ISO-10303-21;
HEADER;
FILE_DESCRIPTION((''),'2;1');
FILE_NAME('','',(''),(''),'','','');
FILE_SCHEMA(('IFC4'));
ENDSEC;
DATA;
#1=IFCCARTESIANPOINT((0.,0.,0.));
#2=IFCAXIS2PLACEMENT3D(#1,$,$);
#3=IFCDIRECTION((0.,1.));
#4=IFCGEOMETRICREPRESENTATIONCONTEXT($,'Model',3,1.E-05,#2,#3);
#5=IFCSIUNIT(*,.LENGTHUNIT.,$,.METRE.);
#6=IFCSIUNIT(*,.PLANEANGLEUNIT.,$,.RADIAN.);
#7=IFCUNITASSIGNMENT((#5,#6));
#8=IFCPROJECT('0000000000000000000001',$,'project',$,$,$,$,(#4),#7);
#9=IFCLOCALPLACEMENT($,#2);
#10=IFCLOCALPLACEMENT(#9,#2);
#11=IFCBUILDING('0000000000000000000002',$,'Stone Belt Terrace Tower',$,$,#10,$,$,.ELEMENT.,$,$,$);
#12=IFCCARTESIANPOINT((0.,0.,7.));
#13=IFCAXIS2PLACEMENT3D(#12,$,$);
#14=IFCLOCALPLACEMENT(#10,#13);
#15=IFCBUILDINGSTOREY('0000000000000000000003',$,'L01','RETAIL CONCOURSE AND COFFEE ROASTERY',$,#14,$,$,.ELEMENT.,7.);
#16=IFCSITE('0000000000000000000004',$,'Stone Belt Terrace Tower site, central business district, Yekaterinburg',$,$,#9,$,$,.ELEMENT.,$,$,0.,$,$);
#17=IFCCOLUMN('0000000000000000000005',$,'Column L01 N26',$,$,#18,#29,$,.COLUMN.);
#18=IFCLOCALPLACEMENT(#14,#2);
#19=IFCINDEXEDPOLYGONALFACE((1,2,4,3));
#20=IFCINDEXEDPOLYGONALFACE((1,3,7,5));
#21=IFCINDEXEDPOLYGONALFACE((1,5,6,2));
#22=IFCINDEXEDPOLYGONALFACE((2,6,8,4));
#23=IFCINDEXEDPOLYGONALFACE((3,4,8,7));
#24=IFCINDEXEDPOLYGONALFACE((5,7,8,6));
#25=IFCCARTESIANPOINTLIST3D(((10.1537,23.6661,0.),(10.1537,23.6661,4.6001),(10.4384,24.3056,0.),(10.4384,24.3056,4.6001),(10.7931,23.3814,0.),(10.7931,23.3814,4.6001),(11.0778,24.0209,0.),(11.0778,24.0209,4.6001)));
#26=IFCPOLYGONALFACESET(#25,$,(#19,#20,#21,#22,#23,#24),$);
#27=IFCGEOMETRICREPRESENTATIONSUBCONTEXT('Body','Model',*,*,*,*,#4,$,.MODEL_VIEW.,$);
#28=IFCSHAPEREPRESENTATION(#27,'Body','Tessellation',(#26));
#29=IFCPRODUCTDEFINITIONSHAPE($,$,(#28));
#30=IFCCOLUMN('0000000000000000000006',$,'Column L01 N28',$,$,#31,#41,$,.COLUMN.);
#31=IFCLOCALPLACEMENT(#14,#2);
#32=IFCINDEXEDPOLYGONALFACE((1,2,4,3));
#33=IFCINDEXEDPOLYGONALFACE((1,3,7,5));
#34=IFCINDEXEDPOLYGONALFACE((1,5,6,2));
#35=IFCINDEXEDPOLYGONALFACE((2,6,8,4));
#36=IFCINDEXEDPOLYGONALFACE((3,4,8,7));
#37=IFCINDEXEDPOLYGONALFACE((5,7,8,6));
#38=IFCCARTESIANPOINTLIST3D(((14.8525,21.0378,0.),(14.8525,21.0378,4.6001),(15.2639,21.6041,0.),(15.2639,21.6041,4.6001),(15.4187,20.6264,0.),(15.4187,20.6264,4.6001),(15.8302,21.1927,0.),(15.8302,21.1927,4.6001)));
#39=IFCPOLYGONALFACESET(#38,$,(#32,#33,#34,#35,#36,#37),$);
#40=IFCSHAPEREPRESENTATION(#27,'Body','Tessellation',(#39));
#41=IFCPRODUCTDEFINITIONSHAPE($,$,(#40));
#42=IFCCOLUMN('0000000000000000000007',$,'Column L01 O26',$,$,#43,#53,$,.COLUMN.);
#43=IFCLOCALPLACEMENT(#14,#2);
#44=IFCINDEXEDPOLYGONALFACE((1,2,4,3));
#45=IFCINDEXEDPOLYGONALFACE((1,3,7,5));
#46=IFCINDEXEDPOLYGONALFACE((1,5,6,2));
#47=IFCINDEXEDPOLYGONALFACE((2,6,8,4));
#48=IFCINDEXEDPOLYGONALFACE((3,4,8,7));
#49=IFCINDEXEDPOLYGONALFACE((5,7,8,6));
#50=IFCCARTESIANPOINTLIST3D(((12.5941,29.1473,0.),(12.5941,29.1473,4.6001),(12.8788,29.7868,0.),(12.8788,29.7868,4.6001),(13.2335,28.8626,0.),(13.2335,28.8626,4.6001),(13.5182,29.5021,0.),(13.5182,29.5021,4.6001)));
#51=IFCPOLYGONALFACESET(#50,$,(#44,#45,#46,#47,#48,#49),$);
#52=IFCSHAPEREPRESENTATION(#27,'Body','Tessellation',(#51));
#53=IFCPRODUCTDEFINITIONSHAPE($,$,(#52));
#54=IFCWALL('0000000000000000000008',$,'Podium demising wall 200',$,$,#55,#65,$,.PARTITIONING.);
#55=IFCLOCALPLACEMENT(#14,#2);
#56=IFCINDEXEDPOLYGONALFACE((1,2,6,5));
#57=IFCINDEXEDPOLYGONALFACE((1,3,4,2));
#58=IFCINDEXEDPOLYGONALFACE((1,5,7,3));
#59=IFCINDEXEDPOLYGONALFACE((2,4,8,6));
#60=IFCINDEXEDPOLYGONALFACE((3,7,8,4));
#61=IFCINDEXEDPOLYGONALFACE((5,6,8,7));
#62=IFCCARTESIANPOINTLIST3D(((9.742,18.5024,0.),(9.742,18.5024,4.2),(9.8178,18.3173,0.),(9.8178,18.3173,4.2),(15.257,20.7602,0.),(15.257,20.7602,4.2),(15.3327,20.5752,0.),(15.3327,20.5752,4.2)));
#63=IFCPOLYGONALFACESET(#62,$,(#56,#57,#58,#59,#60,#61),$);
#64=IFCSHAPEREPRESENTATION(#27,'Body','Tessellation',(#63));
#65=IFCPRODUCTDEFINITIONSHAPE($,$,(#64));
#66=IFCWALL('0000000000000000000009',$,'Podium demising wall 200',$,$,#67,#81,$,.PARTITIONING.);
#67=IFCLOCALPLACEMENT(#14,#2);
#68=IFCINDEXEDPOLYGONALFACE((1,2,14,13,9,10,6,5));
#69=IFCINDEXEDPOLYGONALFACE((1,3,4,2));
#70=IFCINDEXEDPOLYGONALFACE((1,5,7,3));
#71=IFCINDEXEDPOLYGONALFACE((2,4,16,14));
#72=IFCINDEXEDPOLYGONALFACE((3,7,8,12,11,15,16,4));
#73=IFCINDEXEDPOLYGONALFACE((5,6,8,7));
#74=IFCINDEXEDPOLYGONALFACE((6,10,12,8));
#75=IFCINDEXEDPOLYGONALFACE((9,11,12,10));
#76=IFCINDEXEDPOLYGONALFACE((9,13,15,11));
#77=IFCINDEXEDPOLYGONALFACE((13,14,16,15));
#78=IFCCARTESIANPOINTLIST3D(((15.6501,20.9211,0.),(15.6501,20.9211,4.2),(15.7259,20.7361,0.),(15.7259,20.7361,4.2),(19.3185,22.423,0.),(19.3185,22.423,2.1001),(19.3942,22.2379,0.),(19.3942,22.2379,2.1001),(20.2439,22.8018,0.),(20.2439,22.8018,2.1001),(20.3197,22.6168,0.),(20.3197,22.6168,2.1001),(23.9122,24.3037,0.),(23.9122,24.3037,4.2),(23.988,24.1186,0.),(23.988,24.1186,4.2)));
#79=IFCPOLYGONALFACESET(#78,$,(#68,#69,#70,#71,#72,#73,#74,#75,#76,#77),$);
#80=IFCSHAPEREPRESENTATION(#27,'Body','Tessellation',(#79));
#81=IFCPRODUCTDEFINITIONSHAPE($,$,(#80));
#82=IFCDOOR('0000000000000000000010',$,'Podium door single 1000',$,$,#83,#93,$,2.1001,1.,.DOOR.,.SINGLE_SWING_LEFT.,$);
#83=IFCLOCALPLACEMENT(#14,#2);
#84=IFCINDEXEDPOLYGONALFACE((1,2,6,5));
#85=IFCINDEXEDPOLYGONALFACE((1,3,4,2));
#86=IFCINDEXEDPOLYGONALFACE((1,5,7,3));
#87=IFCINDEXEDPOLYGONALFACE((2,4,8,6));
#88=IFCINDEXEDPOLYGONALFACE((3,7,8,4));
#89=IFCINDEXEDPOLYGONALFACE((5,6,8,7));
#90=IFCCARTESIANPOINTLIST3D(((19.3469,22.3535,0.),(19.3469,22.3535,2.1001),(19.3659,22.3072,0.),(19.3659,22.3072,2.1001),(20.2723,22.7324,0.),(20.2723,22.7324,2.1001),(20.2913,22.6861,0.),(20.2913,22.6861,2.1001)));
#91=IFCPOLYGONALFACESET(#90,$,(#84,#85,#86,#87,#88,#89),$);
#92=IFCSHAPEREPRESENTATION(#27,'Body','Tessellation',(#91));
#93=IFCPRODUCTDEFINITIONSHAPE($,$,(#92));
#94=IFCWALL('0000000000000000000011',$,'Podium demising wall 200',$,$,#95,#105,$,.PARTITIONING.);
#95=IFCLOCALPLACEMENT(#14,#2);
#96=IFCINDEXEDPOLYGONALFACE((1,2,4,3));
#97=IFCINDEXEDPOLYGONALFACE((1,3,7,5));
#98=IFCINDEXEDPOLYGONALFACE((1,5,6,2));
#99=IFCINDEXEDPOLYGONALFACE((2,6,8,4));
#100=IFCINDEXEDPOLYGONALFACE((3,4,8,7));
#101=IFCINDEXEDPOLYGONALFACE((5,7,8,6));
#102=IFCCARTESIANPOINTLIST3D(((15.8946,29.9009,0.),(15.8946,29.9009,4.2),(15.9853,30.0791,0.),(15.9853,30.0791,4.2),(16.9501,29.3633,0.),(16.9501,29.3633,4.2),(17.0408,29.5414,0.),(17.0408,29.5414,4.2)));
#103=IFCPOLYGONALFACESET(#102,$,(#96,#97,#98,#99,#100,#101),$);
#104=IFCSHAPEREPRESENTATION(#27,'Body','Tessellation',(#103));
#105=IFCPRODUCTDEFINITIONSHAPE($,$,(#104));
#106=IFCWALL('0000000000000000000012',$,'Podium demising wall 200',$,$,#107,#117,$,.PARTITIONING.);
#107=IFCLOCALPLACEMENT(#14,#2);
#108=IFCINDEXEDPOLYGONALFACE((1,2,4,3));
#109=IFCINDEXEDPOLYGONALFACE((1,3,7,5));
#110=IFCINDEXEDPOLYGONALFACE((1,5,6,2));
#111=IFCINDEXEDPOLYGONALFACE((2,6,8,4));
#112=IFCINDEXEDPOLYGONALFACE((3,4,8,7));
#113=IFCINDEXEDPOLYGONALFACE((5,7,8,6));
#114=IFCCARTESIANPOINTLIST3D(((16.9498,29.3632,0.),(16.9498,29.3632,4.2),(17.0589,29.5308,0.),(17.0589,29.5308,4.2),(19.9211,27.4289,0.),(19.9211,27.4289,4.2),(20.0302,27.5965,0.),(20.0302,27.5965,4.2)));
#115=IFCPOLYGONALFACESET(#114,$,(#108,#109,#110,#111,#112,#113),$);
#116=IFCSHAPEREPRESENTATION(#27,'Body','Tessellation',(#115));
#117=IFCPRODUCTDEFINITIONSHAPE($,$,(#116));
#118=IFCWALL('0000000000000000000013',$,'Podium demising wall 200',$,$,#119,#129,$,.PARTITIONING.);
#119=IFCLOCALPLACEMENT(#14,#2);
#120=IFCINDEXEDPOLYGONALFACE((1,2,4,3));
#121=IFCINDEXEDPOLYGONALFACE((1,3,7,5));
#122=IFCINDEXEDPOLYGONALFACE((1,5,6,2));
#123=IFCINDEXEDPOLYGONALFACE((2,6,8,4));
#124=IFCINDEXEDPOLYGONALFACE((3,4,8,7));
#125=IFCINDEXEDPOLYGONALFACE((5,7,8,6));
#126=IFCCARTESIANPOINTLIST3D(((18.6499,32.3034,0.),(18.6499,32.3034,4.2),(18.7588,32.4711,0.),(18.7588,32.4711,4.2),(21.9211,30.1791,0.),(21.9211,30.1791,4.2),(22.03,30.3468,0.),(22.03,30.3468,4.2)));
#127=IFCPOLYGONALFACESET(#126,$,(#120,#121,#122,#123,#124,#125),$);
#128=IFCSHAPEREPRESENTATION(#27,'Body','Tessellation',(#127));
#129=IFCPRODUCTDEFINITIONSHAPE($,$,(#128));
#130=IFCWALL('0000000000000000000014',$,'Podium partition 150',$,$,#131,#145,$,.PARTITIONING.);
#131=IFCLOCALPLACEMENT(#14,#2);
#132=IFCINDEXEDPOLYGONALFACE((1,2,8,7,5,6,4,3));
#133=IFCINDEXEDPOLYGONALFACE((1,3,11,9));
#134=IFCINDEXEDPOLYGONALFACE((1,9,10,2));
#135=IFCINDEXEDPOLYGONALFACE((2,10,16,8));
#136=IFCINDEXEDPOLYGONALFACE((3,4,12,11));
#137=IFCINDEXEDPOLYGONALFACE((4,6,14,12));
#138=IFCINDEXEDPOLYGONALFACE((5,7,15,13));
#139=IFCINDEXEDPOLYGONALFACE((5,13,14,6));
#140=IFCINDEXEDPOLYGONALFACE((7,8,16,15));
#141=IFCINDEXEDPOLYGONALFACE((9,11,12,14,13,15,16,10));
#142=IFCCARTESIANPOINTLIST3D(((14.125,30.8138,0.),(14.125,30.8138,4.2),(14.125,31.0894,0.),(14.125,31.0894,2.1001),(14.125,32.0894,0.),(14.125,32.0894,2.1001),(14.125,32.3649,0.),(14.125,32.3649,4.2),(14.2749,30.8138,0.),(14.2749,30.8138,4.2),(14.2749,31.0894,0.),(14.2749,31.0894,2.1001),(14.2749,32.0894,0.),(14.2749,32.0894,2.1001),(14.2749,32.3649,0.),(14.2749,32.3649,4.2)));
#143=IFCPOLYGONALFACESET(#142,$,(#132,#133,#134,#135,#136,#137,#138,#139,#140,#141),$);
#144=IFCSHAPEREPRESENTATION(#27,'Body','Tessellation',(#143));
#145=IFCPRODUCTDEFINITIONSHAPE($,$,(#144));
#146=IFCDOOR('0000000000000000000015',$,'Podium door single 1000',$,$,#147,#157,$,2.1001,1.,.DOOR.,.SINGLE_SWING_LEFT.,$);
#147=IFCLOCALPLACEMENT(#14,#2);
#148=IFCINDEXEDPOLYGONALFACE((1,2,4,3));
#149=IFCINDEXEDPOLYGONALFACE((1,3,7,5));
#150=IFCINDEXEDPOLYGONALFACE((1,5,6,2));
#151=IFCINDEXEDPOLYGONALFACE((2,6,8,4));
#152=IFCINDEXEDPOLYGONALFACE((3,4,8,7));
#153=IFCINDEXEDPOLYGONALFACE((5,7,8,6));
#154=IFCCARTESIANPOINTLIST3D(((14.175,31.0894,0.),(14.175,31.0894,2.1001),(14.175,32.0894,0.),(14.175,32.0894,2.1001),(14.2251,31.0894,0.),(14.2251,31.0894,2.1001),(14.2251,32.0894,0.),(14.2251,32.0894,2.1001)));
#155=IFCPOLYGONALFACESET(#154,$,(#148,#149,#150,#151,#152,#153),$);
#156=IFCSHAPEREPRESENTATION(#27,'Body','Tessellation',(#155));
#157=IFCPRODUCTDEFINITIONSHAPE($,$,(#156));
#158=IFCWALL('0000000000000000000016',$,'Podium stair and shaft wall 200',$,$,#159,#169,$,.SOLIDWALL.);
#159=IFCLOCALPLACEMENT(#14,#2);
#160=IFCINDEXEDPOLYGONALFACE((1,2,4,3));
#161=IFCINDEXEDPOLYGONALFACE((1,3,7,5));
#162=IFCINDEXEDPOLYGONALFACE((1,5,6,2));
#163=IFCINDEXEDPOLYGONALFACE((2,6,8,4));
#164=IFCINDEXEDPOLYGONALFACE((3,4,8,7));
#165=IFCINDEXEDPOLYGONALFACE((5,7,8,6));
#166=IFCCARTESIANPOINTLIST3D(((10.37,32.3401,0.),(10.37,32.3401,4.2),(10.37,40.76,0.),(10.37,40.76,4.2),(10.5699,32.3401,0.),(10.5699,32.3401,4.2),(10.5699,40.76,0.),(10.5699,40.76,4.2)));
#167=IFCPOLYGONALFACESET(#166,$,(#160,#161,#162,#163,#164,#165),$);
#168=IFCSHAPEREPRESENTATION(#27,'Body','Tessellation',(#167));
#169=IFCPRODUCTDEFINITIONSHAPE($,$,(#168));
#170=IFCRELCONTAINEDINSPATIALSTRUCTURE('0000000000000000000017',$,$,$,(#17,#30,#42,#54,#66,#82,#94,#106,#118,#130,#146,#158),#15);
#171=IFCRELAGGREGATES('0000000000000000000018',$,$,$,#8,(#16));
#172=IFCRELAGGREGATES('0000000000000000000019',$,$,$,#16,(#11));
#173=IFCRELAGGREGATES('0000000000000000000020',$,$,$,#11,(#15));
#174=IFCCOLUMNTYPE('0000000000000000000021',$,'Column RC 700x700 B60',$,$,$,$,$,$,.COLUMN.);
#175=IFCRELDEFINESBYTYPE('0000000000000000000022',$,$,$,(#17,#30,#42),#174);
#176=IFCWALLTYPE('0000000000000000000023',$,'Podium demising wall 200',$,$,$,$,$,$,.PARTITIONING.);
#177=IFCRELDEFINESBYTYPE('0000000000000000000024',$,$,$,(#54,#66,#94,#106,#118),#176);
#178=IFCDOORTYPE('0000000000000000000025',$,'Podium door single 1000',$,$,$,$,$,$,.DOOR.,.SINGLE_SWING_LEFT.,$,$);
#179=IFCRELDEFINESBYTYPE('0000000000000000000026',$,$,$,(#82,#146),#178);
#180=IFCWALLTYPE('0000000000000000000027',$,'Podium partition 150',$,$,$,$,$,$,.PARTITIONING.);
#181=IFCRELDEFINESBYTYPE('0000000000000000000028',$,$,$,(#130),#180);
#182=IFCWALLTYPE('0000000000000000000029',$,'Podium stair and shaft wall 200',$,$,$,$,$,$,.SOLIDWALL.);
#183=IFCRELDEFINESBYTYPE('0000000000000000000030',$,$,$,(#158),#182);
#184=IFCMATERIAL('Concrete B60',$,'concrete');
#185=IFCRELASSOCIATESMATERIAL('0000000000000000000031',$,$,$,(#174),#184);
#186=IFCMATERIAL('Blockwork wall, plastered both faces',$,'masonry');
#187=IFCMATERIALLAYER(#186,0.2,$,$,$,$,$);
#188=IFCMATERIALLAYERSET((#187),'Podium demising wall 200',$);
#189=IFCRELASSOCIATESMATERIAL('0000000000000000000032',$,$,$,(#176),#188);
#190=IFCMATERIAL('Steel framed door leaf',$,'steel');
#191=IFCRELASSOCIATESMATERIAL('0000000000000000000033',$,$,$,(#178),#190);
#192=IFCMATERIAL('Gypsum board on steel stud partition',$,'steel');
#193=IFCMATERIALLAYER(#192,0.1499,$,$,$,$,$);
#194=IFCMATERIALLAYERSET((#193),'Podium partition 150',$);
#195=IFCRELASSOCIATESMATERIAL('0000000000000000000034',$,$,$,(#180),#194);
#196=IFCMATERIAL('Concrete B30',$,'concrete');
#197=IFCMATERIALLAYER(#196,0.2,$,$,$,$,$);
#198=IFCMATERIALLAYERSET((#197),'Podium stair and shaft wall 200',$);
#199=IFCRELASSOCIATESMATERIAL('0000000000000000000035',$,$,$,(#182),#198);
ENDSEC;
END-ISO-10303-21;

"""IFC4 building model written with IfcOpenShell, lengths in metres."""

from ifc_helpers import new_model, si_unit, direction, frame, frame_2d, origin, origin_2d, place, context, subcontext, project, spatial, rectangle, extrude, material, layer, layer_set, material_profile, profile_set, type_object, element, fill, save


model = new_model("IFC4")

# Units and contexts
model_context = context("Model", 3, precision=1e-05, world=origin(), true_north=direction((0.0, 1.0)))
body_context = subcontext(model_context, "Body", "Model", "MODEL_VIEW")
ifc_project = project(units=[si_unit("LENGTHUNIT", "METRE"), si_unit("PLANEANGLEUNIT", "RADIAN")], contexts=[model_context])

# Site, building, storey
site_placement = place(None, origin())
site = spatial("IfcSite", under=ifc_project, at=site_placement, Name="Stone Belt Terrace Tower site, central business district, Yekaterinburg", CompositionType="ELEMENT", RefElevation=0.0)
building_placement = place(site_placement, origin())
building = spatial("IfcBuilding", under=site, at=building_placement, Name="Stone Belt Terrace Tower", CompositionType="ELEMENT")
storey_placement = place(building_placement, frame((0.0, 0.0, 7.0)))
storey = spatial("IfcBuildingStorey", under=building, at=storey_placement, Name="L01", Description="RETAIL CONCOURSE AND COFFEE ROASTERY", CompositionType="ELEMENT", Elevation=7.0)

# Columns
ifc_material_1 = material(Name="Concrete B60", Category="concrete")
ifc_material_profile = material_profile(ifc_material_1, rectangle(XDim=0.7, YDim=0.7, at=origin_2d()), Name="RC 700x700")
ifc_profile_set = profile_set([ifc_material_profile], Name="Concrete B60")
column_type = type_object("IfcColumnType", Name="Column RC 700x700 B60", PredefinedType="COLUMN", material=ifc_profile_set)
for number, where, z_axis, x_axis, name in (
    (1, (10.6157, 23.8435, 0.0), (0.0, 0.0, 1.0), (0.913545, -0.406737, 0.0), "Column L01 N26"),
    (2, (15.3413, 21.1152, 0.0), (0.0, 0.0, 1.0), (0.809017, -0.587785, 0.0), "Column L01 N28"),
    (3, (13.0562, 29.3247, 0.0), (0.0, 0.0, 1.0), (0.913545, -0.406737, 0.0), "Column L01 O26"),
):
    element("IfcColumn", number, at=place(storey_placement, frame(where, z_axis=z_axis, x_axis=x_axis)), inside=storey, type_object=column_type, Name=name, PredefinedType="COLUMN", context=body_context, shape_type="SweptSolid", body=[
        extrude(rectangle(XDim=0.7, YDim=0.7, at=origin_2d()), origin(), (0.0, 0.0, 1.0), 4.6001),
    ])

# Wall
ifc_material_2 = material(Name="Blockwork wall, plastered both faces", Category="masonry")
ifc_layer_1 = layer(ifc_material_2, 0.2)
ifc_layer_set_1 = layer_set([ifc_layer_1], Name="Podium demising wall 200")
wall_type_1 = type_object("IfcWallType", Name="Podium demising wall 200", PredefinedType="PARTITIONING", material=ifc_layer_set_1)
wall_1_placement = place(storey_placement, frame((9.78, 18.4099, 0.0), z_axis=(0.0, 0.0, 1.0), x_axis=(0.925446, 0.37888, 0.0)))
element("IfcWall", 4, at=wall_1_placement, inside=storey, type_object=wall_type_1, Name="Podium demising wall 200", PredefinedType="PARTITIONING", context=body_context, shape_type="SweptSolid", body=[
    extrude(rectangle(XDim=5.9592, YDim=0.2, at=frame_2d((2.9795, 0.0))), origin(), (0.0, 0.0, 1.0), 4.2),
])

# Wall, opening, door
wall_2_placement = place(storey_placement, frame((15.688, 20.8286, 0.0), z_axis=(0.0, 0.0, 1.0), x_axis=(0.925446, 0.37888, 0.0)))
wall_2 = element("IfcWall", 5, at=wall_2_placement, inside=storey, type_object=wall_type_1, Name="Podium demising wall 200", PredefinedType="PARTITIONING", context=body_context, shape_type="SweptSolid", body=[
    extrude(rectangle(XDim=8.9277, YDim=0.2, at=frame_2d((4.4639, 0.0))), origin(), (0.0, 0.0, 1.0), 4.2),
])
opening_1_placement = place(wall_2_placement, frame((3.9639, 0.0, 0.0)))
opening_1 = element("IfcOpeningElement", 6, at=opening_1_placement, cuts=wall_2, PredefinedType="OPENING", context=body_context, shape_type="SweptSolid", body=[
    extrude(rectangle(XDim=1.0, YDim=2.1001, at=frame_2d((0.5, 1.05))), frame((0.0, 0.1099, 0.0), z_axis=(0.0, -1.0, 0.0), x_axis=(1.0, 0.0, 0.0)), (0.0, 0.0, 1.0), 0.22),
])
ifc_material_3 = material(Name="Steel framed door leaf", Category="steel")
door_type_1 = type_object("IfcDoorType", Name="Podium door single 1000", OperationType="SINGLE_SWING_LEFT", PredefinedType="DOOR", material=ifc_material_3)
door_1_placement = place(opening_1_placement, origin())
door_1 = element("IfcDoor", 7, at=door_1_placement, inside=storey, type_object=door_type_1, Name="Podium door single 1000", OperationType="SINGLE_SWING_LEFT", OverallHeight=2.1001, OverallWidth=1.0, PredefinedType="DOOR", context=body_context, shape_type="SweptSolid", body=[
    extrude(rectangle(XDim=1.0, YDim=2.1001, at=frame_2d((0.5, 1.05))), frame((0.0, 0.0249, 0.0), z_axis=(0.0, -1.0, 0.0), x_axis=(1.0, 0.0, 0.0)), (0.0, 0.0, 1.0), 0.05),
])
fill(opening_1, door_1)

# Walls
wall_3_placement = place(storey_placement, frame((15.9399, 29.99, 0.0), z_axis=(0.0, 0.0, 1.0), x_axis=(0.891063, -0.453879, 0.0)))
element("IfcWall", 8, at=wall_3_placement, inside=storey, type_object=wall_type_1, Name="Podium demising wall 200", PredefinedType="PARTITIONING", context=body_context, shape_type="SweptSolid", body=[
    extrude(rectangle(XDim=1.1846, YDim=0.2, at=frame_2d((0.5923, 0.0))), origin(), (0.0, 0.0, 1.0), 4.2),
])
wall_4_placement = place(storey_placement, frame((17.0044, 29.447, 0.0), z_axis=(0.0, 0.0, 1.0), x_axis=(0.83805, -0.545593, 0.0)))
element("IfcWall", 9, at=wall_4_placement, inside=storey, type_object=wall_type_1, Name="Podium demising wall 200", PredefinedType="PARTITIONING", context=body_context, shape_type="SweptSolid", body=[
    extrude(rectangle(XDim=3.5454, YDim=0.2, at=frame_2d((1.7727, 0.0))), origin(), (0.0, 0.0, 1.0), 4.2),
])
wall_5_placement = place(storey_placement, frame((18.7043, 32.3872, 0.0), z_axis=(0.0, 0.0, 1.0), x_axis=(0.838682, -0.544621, 0.0)))
element("IfcWall", 10, at=wall_5_placement, inside=storey, type_object=wall_type_1, Name="Podium demising wall 200", PredefinedType="PARTITIONING", context=body_context, shape_type="SweptSolid", body=[
    extrude(rectangle(XDim=3.9004, YDim=0.2, at=frame_2d((1.9502, 0.0))), origin(), (0.0, 0.0, 1.0), 4.2),
])
ifc_material_4 = material(Name="Gypsum board on steel stud partition", Category="steel")
ifc_layer_2 = layer(ifc_material_4, 0.1499)
ifc_layer_set_2 = layer_set([ifc_layer_2], Name="Podium partition 150")
wall_type_2 = type_object("IfcWallType", Name="Podium partition 150", PredefinedType="PARTITIONING", material=ifc_layer_set_2)

# Wall, opening, door
wall_6_placement = place(storey_placement, frame((14.2, 30.814, 0.0), z_axis=(0.0, 0.0, 1.0), x_axis=(0.0, 1.0, 0.0)))
wall_6 = element("IfcWall", 11, at=wall_6_placement, inside=storey, type_object=wall_type_2, Name="Podium partition 150", PredefinedType="PARTITIONING", context=body_context, shape_type="SweptSolid", body=[
    extrude(rectangle(XDim=1.551, YDim=0.1499, at=frame_2d((0.7754, 0.0))), origin(), (0.0, 0.0, 1.0), 4.2),
])
opening_2_placement = place(wall_6_placement, frame((0.2754, 0.0, 0.0)))
opening_2 = element("IfcOpeningElement", 12, at=opening_2_placement, cuts=wall_6, PredefinedType="OPENING", context=body_context, shape_type="SweptSolid", body=[
    extrude(rectangle(XDim=1.0, YDim=2.1001, at=frame_2d((0.5, 1.05))), frame((0.0, 0.085, 0.0), z_axis=(0.0, -1.0, 0.0), x_axis=(1.0, 0.0, 0.0)), (0.0, 0.0, 1.0), 0.1699),
])
door_2_placement = place(opening_2_placement, origin())
door_2 = element("IfcDoor", 13, at=door_2_placement, inside=storey, type_object=door_type_1, Name="Podium door single 1000", OperationType="SINGLE_SWING_LEFT", OverallHeight=2.1001, OverallWidth=1.0, PredefinedType="DOOR", context=body_context, shape_type="SweptSolid", body=[
    extrude(rectangle(XDim=1.0, YDim=2.1001, at=frame_2d((0.5, 1.05))), frame((0.0, 0.0249, 0.0), z_axis=(0.0, -1.0, 0.0), x_axis=(1.0, 0.0, 0.0)), (0.0, 0.0, 1.0), 0.05),
])
fill(opening_2, door_2)

# Wall
ifc_material_5 = material(Name="Concrete B30", Category="concrete")
ifc_layer_3 = layer(ifc_material_5, 0.2)
ifc_layer_set_3 = layer_set([ifc_layer_3], Name="Podium stair and shaft wall 200")
wall_type_3 = type_object("IfcWallType", Name="Podium stair and shaft wall 200", PredefinedType="SOLIDWALL", material=ifc_layer_set_3)
wall_7_placement = place(storey_placement, frame((10.47, 32.3401, 0.0), z_axis=(0.0, 0.0, 1.0), x_axis=(0.0, 1.0, 0.0)))
element("IfcWall", 14, at=wall_7_placement, inside=storey, type_object=wall_type_3, Name="Podium stair and shaft wall 200", PredefinedType="SOLIDWALL", context=body_context, shape_type="SweptSolid", body=[
    extrude(rectangle(XDim=8.4199, YDim=0.2, at=frame_2d((4.21, 0.0))), origin(), (0.0, 0.0, 1.0), 4.2),
])

save(model, "model.ifc")
